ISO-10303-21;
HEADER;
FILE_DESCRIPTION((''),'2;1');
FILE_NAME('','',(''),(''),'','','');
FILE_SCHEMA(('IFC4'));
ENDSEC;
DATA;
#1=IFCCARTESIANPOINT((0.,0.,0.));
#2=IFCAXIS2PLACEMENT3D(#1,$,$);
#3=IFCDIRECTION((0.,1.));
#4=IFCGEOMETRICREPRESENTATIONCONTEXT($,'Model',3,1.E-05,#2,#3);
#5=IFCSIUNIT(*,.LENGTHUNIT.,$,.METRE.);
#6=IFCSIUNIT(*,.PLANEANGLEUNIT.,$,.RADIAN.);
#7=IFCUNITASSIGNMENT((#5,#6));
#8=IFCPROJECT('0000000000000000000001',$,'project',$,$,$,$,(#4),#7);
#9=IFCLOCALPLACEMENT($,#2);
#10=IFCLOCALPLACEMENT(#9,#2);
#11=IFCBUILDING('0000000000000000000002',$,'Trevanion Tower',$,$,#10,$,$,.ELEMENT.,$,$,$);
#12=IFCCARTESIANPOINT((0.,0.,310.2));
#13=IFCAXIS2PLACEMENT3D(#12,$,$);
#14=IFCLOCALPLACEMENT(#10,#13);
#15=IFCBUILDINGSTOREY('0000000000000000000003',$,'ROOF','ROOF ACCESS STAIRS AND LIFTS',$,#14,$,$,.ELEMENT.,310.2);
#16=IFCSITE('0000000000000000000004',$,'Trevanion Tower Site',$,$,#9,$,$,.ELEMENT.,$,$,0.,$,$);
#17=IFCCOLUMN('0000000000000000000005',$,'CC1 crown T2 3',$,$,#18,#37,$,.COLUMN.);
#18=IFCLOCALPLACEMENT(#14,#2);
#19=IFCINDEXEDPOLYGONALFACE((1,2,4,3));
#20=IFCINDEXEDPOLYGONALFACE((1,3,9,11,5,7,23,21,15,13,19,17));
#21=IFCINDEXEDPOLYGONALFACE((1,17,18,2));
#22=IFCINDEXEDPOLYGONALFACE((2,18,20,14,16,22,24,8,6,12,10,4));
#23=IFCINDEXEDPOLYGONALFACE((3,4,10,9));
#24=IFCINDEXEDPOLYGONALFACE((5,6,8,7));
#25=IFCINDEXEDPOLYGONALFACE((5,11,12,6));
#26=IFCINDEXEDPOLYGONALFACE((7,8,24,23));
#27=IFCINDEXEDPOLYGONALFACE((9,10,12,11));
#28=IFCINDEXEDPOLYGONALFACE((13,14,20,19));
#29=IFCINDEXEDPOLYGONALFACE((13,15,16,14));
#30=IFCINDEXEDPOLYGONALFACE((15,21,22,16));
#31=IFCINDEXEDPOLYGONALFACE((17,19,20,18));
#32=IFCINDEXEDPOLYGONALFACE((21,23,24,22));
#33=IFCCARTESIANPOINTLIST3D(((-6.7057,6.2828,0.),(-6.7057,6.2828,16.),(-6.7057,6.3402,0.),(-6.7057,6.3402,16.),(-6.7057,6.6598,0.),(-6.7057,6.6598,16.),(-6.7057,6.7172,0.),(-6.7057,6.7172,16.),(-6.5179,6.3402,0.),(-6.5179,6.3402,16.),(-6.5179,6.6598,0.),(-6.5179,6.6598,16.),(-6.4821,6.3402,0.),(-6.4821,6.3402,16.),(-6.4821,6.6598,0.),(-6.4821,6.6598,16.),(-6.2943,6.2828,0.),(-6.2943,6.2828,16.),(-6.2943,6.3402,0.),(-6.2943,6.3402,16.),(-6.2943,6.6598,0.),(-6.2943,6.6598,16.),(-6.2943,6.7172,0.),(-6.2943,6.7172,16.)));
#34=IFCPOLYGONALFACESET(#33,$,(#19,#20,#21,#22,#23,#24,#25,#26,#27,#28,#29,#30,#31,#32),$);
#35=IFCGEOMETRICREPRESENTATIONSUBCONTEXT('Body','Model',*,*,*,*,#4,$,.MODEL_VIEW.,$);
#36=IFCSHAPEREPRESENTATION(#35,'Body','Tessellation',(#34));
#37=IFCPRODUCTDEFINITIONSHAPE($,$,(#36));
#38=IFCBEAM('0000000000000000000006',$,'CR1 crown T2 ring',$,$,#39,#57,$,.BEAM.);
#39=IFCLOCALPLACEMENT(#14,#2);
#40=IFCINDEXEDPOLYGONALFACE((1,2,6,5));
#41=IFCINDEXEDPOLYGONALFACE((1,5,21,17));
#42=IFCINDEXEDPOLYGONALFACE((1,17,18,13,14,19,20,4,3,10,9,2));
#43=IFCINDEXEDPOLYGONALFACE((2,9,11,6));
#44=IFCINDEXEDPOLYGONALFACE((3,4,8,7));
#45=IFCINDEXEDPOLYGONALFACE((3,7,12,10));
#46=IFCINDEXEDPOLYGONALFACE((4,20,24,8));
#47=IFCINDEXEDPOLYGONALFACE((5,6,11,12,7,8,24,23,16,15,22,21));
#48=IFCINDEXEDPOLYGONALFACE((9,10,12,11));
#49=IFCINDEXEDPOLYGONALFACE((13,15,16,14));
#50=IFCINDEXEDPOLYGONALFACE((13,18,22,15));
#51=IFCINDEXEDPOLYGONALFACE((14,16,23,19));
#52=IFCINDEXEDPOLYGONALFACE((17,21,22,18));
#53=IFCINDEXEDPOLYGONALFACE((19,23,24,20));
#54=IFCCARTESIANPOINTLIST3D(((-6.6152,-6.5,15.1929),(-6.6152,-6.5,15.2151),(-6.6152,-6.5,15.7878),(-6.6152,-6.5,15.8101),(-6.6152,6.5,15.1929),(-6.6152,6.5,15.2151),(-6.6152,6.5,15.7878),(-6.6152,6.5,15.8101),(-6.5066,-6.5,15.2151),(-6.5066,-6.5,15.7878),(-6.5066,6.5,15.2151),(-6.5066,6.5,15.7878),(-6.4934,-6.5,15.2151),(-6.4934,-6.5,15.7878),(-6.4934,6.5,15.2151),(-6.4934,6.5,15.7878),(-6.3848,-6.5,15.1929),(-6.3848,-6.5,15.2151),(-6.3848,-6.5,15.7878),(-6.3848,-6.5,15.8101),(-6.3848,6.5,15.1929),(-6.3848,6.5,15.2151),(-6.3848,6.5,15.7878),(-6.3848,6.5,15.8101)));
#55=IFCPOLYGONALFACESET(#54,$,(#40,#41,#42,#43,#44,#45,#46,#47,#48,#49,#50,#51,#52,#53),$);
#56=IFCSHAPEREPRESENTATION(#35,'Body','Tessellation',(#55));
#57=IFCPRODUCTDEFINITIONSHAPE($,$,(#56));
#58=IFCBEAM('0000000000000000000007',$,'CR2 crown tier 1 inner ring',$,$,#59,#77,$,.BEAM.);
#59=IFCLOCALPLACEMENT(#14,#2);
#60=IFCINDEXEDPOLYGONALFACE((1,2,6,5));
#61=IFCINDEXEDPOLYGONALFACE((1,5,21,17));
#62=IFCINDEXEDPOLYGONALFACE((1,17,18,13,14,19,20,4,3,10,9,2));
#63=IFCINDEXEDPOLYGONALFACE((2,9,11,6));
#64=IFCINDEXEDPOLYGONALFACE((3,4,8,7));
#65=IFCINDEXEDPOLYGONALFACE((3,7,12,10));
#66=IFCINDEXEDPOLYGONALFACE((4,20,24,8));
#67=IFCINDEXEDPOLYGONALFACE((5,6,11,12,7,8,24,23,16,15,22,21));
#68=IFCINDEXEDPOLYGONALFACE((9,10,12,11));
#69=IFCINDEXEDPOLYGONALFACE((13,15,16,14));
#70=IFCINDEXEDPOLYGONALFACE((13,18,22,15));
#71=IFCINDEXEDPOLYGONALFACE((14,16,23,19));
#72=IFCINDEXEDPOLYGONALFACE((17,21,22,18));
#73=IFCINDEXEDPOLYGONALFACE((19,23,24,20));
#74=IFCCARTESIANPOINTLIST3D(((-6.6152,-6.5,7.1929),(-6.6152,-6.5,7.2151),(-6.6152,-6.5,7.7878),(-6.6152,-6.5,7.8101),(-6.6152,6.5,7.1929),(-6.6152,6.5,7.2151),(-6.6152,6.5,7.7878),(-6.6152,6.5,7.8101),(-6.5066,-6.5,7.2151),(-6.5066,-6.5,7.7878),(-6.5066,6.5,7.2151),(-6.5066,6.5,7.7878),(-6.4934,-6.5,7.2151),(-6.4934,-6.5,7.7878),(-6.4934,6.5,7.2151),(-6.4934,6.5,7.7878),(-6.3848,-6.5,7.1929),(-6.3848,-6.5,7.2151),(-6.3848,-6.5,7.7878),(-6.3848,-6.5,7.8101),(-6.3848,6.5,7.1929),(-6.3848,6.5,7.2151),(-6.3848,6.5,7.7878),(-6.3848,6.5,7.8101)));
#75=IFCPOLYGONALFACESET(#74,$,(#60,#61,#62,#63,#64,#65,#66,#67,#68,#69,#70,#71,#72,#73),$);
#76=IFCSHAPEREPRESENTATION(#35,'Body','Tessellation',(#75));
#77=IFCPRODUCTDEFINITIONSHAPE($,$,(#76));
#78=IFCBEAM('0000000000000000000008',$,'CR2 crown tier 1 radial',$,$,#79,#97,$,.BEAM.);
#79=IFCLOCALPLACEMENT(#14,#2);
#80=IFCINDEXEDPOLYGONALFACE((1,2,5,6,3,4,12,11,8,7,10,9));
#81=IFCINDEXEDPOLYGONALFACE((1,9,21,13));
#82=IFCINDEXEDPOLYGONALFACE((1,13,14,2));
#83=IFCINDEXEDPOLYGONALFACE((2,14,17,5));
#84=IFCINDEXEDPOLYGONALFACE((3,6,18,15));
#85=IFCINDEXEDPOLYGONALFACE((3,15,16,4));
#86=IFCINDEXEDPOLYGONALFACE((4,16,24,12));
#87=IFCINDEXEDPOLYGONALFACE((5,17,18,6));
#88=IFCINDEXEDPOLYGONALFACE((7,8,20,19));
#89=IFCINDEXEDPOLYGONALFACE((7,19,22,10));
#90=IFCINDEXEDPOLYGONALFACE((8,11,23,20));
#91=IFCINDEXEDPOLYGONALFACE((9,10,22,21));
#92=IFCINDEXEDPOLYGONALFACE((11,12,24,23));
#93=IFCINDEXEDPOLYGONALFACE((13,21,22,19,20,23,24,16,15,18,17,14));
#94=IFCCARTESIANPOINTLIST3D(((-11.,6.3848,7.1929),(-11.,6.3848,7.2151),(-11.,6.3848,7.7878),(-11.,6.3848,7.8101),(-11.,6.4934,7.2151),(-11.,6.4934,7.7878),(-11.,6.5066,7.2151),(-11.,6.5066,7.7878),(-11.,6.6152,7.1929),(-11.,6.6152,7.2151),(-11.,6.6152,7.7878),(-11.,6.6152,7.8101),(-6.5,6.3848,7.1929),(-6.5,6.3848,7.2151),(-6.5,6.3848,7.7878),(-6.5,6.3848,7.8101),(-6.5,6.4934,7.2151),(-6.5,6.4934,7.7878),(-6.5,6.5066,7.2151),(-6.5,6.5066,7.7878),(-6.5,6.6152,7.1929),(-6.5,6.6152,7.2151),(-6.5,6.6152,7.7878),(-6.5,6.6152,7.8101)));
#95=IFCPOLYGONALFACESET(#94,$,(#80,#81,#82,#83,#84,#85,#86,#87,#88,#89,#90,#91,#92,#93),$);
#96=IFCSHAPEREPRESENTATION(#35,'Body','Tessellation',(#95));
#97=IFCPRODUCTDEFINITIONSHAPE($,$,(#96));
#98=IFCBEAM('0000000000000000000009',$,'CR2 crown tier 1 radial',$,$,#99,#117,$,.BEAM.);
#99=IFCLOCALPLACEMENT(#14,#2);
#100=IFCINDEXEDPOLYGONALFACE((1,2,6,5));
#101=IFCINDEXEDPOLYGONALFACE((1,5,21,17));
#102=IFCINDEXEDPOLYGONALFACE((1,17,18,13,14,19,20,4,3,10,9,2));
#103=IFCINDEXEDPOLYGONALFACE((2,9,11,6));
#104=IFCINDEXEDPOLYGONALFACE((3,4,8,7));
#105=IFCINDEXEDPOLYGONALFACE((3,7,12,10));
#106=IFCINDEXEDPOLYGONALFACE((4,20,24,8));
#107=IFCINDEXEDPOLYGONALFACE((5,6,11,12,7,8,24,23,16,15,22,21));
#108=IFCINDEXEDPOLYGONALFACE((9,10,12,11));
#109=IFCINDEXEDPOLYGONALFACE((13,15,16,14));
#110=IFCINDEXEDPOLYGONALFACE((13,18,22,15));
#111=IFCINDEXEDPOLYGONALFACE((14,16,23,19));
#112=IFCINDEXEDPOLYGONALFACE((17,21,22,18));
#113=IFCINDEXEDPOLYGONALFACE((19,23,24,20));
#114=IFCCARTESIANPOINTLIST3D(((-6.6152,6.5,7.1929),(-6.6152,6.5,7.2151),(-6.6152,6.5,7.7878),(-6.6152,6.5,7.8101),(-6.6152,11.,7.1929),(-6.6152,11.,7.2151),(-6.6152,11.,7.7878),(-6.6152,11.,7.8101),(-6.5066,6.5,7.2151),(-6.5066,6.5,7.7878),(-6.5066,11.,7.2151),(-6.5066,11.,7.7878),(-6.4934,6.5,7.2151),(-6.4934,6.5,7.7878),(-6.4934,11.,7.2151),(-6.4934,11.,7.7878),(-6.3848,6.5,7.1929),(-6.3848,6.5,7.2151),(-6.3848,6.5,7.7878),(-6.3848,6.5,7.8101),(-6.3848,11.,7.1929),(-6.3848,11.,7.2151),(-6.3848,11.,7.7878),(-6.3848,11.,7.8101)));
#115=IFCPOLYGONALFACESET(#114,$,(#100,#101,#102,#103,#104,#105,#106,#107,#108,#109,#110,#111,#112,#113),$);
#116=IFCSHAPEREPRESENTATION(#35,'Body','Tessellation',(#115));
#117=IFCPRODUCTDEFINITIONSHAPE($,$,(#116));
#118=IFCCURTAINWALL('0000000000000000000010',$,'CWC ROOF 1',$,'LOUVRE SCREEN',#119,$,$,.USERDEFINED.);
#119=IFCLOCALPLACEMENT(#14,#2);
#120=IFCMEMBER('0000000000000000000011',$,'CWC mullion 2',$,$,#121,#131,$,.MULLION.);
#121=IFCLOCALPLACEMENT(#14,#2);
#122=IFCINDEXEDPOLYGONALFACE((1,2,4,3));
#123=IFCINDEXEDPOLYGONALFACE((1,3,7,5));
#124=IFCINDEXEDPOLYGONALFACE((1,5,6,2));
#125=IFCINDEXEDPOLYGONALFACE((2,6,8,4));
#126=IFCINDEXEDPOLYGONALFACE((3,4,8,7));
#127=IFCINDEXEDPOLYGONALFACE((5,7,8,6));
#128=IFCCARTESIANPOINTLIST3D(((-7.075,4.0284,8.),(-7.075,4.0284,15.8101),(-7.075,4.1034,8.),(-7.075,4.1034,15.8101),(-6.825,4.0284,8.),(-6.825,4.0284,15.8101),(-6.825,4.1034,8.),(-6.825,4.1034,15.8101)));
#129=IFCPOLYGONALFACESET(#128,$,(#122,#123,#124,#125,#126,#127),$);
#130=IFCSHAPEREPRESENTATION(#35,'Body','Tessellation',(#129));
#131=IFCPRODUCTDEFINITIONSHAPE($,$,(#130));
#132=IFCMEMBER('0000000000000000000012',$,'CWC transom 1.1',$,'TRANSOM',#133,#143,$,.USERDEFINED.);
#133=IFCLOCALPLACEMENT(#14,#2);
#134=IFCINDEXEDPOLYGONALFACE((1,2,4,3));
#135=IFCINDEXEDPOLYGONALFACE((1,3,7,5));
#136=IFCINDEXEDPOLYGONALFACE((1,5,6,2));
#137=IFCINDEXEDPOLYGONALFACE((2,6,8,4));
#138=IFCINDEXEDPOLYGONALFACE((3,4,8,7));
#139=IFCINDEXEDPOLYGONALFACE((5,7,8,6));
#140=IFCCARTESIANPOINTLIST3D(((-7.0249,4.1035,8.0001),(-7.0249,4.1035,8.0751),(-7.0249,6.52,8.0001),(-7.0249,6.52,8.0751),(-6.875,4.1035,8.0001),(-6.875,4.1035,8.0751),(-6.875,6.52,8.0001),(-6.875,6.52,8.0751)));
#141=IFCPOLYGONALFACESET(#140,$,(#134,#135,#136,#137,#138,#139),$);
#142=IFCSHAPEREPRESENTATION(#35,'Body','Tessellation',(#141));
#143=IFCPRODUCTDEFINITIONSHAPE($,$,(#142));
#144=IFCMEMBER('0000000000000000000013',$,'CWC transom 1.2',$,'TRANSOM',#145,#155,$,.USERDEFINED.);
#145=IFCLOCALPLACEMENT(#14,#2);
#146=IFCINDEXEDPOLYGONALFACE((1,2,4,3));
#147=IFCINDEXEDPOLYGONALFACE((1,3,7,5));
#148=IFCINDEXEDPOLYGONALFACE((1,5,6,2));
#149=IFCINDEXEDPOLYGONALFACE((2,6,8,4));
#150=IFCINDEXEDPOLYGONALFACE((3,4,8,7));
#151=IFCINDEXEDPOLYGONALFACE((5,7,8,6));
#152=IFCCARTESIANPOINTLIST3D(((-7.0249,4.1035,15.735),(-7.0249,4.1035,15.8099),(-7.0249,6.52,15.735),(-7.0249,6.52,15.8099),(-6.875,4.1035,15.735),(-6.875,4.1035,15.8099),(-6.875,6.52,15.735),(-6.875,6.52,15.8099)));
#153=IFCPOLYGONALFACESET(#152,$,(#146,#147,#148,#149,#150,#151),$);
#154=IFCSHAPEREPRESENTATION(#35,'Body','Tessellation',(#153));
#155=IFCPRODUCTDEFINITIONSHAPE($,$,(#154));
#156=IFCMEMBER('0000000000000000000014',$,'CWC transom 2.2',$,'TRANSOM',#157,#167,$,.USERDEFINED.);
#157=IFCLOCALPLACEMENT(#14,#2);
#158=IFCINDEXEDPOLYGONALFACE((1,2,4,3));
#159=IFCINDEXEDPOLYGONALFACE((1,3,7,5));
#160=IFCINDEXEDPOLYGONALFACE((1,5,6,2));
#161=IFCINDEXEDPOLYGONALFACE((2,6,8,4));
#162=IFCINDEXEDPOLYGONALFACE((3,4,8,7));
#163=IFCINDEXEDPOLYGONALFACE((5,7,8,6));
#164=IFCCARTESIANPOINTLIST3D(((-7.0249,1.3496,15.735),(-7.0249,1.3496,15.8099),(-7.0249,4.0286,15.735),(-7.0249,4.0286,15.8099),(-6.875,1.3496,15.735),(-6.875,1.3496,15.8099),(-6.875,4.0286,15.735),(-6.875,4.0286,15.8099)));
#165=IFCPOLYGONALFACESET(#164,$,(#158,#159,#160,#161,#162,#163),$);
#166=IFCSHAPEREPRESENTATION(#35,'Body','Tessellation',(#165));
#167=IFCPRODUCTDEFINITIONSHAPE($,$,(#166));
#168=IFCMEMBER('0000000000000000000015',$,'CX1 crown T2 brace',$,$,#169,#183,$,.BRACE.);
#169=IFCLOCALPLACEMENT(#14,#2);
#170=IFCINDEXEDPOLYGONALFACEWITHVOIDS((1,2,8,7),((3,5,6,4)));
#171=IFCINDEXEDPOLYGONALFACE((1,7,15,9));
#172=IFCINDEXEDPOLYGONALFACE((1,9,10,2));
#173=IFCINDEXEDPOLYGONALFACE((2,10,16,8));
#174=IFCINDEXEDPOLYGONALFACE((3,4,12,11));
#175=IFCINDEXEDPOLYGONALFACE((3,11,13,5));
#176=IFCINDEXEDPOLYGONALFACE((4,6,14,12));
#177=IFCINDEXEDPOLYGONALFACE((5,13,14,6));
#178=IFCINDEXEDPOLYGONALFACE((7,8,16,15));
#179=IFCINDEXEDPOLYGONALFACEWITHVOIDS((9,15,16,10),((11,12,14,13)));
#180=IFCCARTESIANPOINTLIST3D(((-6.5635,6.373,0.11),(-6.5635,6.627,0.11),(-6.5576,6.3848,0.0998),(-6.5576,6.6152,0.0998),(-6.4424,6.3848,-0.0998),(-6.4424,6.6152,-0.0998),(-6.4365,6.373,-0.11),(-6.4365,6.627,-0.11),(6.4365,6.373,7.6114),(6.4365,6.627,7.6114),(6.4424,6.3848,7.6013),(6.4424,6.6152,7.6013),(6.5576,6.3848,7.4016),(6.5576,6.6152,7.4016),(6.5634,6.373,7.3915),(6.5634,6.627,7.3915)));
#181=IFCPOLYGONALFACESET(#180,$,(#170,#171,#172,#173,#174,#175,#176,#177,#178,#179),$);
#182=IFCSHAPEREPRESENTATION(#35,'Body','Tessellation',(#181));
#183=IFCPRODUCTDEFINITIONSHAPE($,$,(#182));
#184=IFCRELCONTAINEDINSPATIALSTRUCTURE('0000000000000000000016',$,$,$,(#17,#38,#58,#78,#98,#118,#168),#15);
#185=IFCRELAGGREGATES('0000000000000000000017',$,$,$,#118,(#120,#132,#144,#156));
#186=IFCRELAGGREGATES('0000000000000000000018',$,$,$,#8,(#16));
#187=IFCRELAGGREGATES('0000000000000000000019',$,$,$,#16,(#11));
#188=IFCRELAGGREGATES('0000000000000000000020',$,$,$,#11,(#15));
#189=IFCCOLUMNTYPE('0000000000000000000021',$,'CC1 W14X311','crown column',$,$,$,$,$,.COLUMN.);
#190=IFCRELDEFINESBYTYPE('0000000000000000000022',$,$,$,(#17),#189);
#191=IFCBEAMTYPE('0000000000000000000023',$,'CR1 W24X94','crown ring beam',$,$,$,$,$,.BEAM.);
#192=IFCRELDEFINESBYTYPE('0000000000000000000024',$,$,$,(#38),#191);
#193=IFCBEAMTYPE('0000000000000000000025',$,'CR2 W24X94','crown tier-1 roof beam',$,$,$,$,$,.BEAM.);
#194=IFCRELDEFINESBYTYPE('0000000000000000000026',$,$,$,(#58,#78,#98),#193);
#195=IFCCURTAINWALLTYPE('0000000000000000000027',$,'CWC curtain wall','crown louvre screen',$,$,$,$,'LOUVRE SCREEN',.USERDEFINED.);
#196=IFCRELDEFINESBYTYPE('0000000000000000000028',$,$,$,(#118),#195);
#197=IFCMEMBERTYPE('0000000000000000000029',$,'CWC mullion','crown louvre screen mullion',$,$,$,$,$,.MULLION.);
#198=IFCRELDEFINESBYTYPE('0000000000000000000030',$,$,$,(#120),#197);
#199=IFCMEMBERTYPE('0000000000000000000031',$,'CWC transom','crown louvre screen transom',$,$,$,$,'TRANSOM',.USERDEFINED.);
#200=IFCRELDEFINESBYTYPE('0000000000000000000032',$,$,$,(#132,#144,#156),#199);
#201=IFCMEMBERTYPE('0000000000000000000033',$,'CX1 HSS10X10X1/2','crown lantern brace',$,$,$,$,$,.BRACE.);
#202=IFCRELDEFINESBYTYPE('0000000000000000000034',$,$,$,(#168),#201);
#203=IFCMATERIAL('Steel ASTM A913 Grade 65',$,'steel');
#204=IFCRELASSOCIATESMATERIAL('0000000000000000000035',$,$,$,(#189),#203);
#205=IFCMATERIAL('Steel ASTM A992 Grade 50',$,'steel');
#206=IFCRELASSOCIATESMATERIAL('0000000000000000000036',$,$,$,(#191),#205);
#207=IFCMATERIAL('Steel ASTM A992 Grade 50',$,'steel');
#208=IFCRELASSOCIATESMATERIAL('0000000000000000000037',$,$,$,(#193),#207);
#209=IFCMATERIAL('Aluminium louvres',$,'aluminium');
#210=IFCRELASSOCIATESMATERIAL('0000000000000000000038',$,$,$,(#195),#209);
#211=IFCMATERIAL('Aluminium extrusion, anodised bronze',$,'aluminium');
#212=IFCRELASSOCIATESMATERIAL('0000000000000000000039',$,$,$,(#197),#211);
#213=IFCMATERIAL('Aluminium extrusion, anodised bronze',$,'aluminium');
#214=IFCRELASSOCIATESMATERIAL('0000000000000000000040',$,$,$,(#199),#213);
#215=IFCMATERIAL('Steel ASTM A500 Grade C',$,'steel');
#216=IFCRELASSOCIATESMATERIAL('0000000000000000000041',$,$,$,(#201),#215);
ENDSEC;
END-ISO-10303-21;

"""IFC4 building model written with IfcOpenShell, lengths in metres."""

from ifc_helpers import new_model, si_unit, direction, frame, origin, origin_2d, place, context, subcontext, project, spatial, rectangle, hollow_rectangle, i_section, extrude, material, material_profile, profile_set, type_object, element, aggregate, save


model = new_model("IFC4")

# Units and contexts
model_context = context("Model", 3, precision=1e-05, world=origin(), true_north=direction((0.0, 1.0)))
body_context = subcontext(model_context, "Body", "Model", "MODEL_VIEW")
ifc_project = project(units=[si_unit("LENGTHUNIT", "METRE"), si_unit("PLANEANGLEUNIT", "RADIAN")], contexts=[model_context])

# Site, building, storey
site_placement = place(None, origin())
site = spatial("IfcSite", under=ifc_project, at=site_placement, Name="Trevanion Tower Site", CompositionType="ELEMENT", RefElevation=0.0)
building_placement = place(site_placement, origin())
building = spatial("IfcBuilding", under=site, at=building_placement, Name="Trevanion Tower", CompositionType="ELEMENT")
storey_placement = place(building_placement, frame((0.0, 0.0, 310.2)))
storey = spatial("IfcBuildingStorey", under=building, at=storey_placement, Name="ROOF", Description="ROOF ACCESS STAIRS AND LIFTS", CompositionType="ELEMENT", Elevation=310.2)

# Column
ifc_material_1 = material(Name="Steel ASTM A913 Grade 65", Category="steel")
ifc_material_profile_1 = material_profile(ifc_material_1, i_section(OverallWidth=0.4114, OverallDepth=0.4343, WebThickness=0.0359, FlangeThickness=0.0574, at=origin_2d()), Name="W14X311")
ifc_profile_set_1 = profile_set([ifc_material_profile_1], Name="Steel ASTM A913 Grade 65")
column_type = type_object("IfcColumnType", Name="CC1 W14X311", Description="crown column", PredefinedType="COLUMN", material=ifc_profile_set_1)
column_placement = place(storey_placement, frame((-6.5, 6.5, 0.0), z_axis=(0.0, 0.0, 1.0), x_axis=(1.0, 0.0, 0.0)))
element("IfcColumn", 1, at=column_placement, inside=storey, type_object=column_type, Name="CC1 crown T2 3", PredefinedType="COLUMN", context=body_context, shape_type="SweptSolid", body=[
    extrude(i_section(OverallWidth=0.4114, OverallDepth=0.4343, WebThickness=0.0359, FlangeThickness=0.0574, at=origin_2d()), origin(), (0.0, 0.0, 1.0), 16.0),
])

# Beams
ifc_material_2 = material(Name="Steel ASTM A992 Grade 50", Category="steel")
ifc_material_profile_2 = material_profile(ifc_material_2, i_section(OverallWidth=0.2305, OverallDepth=0.6172, WebThickness=0.0132, FlangeThickness=0.0222, at=origin_2d()), Name="W24X94")
ifc_profile_set_2 = profile_set([ifc_material_profile_2], Name="Steel ASTM A992 Grade 50")
beam_type_1 = type_object("IfcBeamType", Name="CR1 W24X94", Description="crown ring beam", PredefinedType="BEAM", material=ifc_profile_set_2)
beam_1_placement = place(storey_placement, frame((-6.5, 6.5, 15.5015), z_axis=(0.0, -1.0, 0.0), x_axis=(1.0, 0.0, 0.0)))
element("IfcBeam", 2, at=beam_1_placement, inside=storey, type_object=beam_type_1, Name="CR1 crown T2 ring", PredefinedType="BEAM", context=body_context, shape_type="SweptSolid", body=[
    extrude(i_section(OverallWidth=0.2305, OverallDepth=0.6172, WebThickness=0.0132, FlangeThickness=0.0222, at=origin_2d()), origin(), (0.0, 0.0, 1.0), 13.0),
])
ifc_material_3 = material(Name="Steel ASTM A992 Grade 50", Category="steel")
ifc_material_profile_3 = material_profile(ifc_material_3, i_section(OverallWidth=0.2305, OverallDepth=0.6172, WebThickness=0.0132, FlangeThickness=0.0222, at=origin_2d()), Name="W24X94")
ifc_profile_set_3 = profile_set([ifc_material_profile_3], Name="Steel ASTM A992 Grade 50")
beam_type_2 = type_object("IfcBeamType", Name="CR2 W24X94", Description="crown tier-1 roof beam", PredefinedType="BEAM", material=ifc_profile_set_3)
beam_2_placement = place(storey_placement, frame((-6.5, 6.5, 7.5015), z_axis=(0.0, -1.0, 0.0), x_axis=(1.0, 0.0, 0.0)))
element("IfcBeam", 3, at=beam_2_placement, inside=storey, type_object=beam_type_2, Name="CR2 crown tier 1 inner ring", PredefinedType="BEAM", context=body_context, shape_type="SweptSolid", body=[
    extrude(i_section(OverallWidth=0.2305, OverallDepth=0.6172, WebThickness=0.0132, FlangeThickness=0.0222, at=origin_2d()), origin(), (0.0, 0.0, 1.0), 13.0),
])
for number, where, z_axis, x_axis, name in (
    (4, (-6.5, 6.5, 7.5015), (-1.0, 0.0, 0.0), (0.0, -1.0, 0.0), "CR2 crown tier 1 radial"),
    (5, (-6.5, 6.5, 7.5015), (0.0, 1.0, 0.0), (-1.0, 0.0, 0.0), "CR2 crown tier 1 radial"),
):
    element("IfcBeam", number, at=place(storey_placement, frame(where, z_axis=z_axis, x_axis=x_axis)), inside=storey, type_object=beam_type_2, Name=name, PredefinedType="BEAM", context=body_context, shape_type="SweptSolid", body=[
        extrude(i_section(OverallWidth=0.2305, OverallDepth=0.6172, WebThickness=0.0132, FlangeThickness=0.0222, at=origin_2d()), origin(), (0.0, 0.0, 1.0), 4.5),
    ])

# Curtain wall, members
ifc_material_4 = material(Name="Aluminium louvres", Category="aluminium")
curtain_wall_type = type_object("IfcCurtainWallType", Name="CWC curtain wall", Description="crown louvre screen", ElementType="LOUVRE SCREEN", PredefinedType="USERDEFINED", material=ifc_material_4)
curtain_wall_placement = place(storey_placement, origin())
curtain_wall = element("IfcCurtainWall", 6, at=curtain_wall_placement, inside=storey, type_object=curtain_wall_type, Name="CWC ROOF 1", ObjectType="LOUVRE SCREEN", PredefinedType="USERDEFINED")
ifc_material_5 = material(Name="Aluminium extrusion, anodised bronze", Category="aluminium")
ifc_material_profile_4 = material_profile(ifc_material_5, rectangle(XDim=0.075, YDim=0.25, at=origin_2d()), Name="CWC mullion")
ifc_profile_set_4 = profile_set([ifc_material_profile_4], Name="Aluminium extrusion, anodised bronze")
member_type_1 = type_object("IfcMemberType", Name="CWC mullion", Description="crown louvre screen mullion", PredefinedType="MULLION", material=ifc_profile_set_4)
member_1_placement = place(storey_placement, frame((-6.95, 4.0659, 8.0), z_axis=(0.0, 0.0, 1.0), x_axis=(0.0, -1.0, 0.0)))
member_1 = element("IfcMember", 7, at=member_1_placement, type_object=member_type_1, Name="CWC mullion 2", PredefinedType="MULLION", context=body_context, shape_type="SweptSolid", body=[
    extrude(rectangle(XDim=0.075, YDim=0.25, at=origin_2d()), origin(), (0.0, 0.0, 1.0), 7.8101),
])
ifc_material_6 = material(Name="Aluminium extrusion, anodised bronze", Category="aluminium")
ifc_material_profile_5 = material_profile(ifc_material_6, rectangle(XDim=0.1499, YDim=0.075, at=origin_2d()), Name="CWC transom")
ifc_profile_set_5 = profile_set([ifc_material_profile_5], Name="Aluminium extrusion, anodised bronze")
member_type_2 = type_object("IfcMemberType", Name="CWC transom", Description="crown louvre screen transom", ElementType="TRANSOM", PredefinedType="USERDEFINED", material=ifc_profile_set_5)
member_2_placement = place(storey_placement, frame((-6.95, 6.52, 8.0376), z_axis=(0.0, -1.0, 0.0), x_axis=(1.0, 0.0, 0.0)))
member_2 = element("IfcMember", 8, at=member_2_placement, type_object=member_type_2, Name="CWC transom 1.1", ObjectType="TRANSOM", PredefinedType="USERDEFINED", context=body_context, shape_type="SweptSolid", body=[
    extrude(rectangle(XDim=0.1499, YDim=0.075, at=origin_2d()), origin(), (0.0, 0.0, 1.0), 2.4165),
])
member_3_placement = place(storey_placement, frame((-6.95, 6.52, 15.7725), z_axis=(0.0, -1.0, 0.0), x_axis=(1.0, 0.0, 0.0)))
member_3 = element("IfcMember", 9, at=member_3_placement, type_object=member_type_2, Name="CWC transom 1.2", ObjectType="TRANSOM", PredefinedType="USERDEFINED", context=body_context, shape_type="SweptSolid", body=[
    extrude(rectangle(XDim=0.1499, YDim=0.075, at=origin_2d()), origin(), (0.0, 0.0, 1.0), 2.4165),
])
member_4_placement = place(storey_placement, frame((-6.95, 4.0286, 15.7725), z_axis=(0.0, -1.0, 0.0), x_axis=(1.0, 0.0, 0.0)))
member_4 = element("IfcMember", 10, at=member_4_placement, type_object=member_type_2, Name="CWC transom 2.2", ObjectType="TRANSOM", PredefinedType="USERDEFINED", context=body_context, shape_type="SweptSolid", body=[
    extrude(rectangle(XDim=0.1499, YDim=0.075, at=origin_2d()), origin(), (0.0, 0.0, 1.0), 2.679),
])

# Member
ifc_material_7 = material(Name="Steel ASTM A500 Grade C", Category="steel")
ifc_material_profile_6 = material_profile(ifc_material_7, hollow_rectangle(XDim=0.2539, YDim=0.2539, WallThickness=0.0117, at=origin_2d()), Name="HSS10X10X1/2")
ifc_profile_set_6 = profile_set([ifc_material_profile_6], Name="Steel ASTM A500 Grade C")
member_type_3 = type_object("IfcMemberType", Name="CX1 HSS10X10X1/2", Description="crown lantern brace", PredefinedType="BRACE", material=ifc_profile_set_6)
member_5_placement = place(storey_placement, frame((-6.5, 6.5, 0.0), z_axis=(0.866143, 0.0, 0.499796), x_axis=(0.0, 1.0, 0.0)))
element("IfcMember", 11, at=member_5_placement, inside=storey, type_object=member_type_3, Name="CX1 crown T2 brace", PredefinedType="BRACE", context=body_context, shape_type="SweptSolid", body=[
    extrude(hollow_rectangle(XDim=0.2539, YDim=0.2539, WallThickness=0.0117, at=origin_2d()), origin(), (0.0, 0.0, 1.0), 15.009),
])

aggregate(curtain_wall, [member_1, member_2, member_3, member_4])

save(model, "model.ifc")
